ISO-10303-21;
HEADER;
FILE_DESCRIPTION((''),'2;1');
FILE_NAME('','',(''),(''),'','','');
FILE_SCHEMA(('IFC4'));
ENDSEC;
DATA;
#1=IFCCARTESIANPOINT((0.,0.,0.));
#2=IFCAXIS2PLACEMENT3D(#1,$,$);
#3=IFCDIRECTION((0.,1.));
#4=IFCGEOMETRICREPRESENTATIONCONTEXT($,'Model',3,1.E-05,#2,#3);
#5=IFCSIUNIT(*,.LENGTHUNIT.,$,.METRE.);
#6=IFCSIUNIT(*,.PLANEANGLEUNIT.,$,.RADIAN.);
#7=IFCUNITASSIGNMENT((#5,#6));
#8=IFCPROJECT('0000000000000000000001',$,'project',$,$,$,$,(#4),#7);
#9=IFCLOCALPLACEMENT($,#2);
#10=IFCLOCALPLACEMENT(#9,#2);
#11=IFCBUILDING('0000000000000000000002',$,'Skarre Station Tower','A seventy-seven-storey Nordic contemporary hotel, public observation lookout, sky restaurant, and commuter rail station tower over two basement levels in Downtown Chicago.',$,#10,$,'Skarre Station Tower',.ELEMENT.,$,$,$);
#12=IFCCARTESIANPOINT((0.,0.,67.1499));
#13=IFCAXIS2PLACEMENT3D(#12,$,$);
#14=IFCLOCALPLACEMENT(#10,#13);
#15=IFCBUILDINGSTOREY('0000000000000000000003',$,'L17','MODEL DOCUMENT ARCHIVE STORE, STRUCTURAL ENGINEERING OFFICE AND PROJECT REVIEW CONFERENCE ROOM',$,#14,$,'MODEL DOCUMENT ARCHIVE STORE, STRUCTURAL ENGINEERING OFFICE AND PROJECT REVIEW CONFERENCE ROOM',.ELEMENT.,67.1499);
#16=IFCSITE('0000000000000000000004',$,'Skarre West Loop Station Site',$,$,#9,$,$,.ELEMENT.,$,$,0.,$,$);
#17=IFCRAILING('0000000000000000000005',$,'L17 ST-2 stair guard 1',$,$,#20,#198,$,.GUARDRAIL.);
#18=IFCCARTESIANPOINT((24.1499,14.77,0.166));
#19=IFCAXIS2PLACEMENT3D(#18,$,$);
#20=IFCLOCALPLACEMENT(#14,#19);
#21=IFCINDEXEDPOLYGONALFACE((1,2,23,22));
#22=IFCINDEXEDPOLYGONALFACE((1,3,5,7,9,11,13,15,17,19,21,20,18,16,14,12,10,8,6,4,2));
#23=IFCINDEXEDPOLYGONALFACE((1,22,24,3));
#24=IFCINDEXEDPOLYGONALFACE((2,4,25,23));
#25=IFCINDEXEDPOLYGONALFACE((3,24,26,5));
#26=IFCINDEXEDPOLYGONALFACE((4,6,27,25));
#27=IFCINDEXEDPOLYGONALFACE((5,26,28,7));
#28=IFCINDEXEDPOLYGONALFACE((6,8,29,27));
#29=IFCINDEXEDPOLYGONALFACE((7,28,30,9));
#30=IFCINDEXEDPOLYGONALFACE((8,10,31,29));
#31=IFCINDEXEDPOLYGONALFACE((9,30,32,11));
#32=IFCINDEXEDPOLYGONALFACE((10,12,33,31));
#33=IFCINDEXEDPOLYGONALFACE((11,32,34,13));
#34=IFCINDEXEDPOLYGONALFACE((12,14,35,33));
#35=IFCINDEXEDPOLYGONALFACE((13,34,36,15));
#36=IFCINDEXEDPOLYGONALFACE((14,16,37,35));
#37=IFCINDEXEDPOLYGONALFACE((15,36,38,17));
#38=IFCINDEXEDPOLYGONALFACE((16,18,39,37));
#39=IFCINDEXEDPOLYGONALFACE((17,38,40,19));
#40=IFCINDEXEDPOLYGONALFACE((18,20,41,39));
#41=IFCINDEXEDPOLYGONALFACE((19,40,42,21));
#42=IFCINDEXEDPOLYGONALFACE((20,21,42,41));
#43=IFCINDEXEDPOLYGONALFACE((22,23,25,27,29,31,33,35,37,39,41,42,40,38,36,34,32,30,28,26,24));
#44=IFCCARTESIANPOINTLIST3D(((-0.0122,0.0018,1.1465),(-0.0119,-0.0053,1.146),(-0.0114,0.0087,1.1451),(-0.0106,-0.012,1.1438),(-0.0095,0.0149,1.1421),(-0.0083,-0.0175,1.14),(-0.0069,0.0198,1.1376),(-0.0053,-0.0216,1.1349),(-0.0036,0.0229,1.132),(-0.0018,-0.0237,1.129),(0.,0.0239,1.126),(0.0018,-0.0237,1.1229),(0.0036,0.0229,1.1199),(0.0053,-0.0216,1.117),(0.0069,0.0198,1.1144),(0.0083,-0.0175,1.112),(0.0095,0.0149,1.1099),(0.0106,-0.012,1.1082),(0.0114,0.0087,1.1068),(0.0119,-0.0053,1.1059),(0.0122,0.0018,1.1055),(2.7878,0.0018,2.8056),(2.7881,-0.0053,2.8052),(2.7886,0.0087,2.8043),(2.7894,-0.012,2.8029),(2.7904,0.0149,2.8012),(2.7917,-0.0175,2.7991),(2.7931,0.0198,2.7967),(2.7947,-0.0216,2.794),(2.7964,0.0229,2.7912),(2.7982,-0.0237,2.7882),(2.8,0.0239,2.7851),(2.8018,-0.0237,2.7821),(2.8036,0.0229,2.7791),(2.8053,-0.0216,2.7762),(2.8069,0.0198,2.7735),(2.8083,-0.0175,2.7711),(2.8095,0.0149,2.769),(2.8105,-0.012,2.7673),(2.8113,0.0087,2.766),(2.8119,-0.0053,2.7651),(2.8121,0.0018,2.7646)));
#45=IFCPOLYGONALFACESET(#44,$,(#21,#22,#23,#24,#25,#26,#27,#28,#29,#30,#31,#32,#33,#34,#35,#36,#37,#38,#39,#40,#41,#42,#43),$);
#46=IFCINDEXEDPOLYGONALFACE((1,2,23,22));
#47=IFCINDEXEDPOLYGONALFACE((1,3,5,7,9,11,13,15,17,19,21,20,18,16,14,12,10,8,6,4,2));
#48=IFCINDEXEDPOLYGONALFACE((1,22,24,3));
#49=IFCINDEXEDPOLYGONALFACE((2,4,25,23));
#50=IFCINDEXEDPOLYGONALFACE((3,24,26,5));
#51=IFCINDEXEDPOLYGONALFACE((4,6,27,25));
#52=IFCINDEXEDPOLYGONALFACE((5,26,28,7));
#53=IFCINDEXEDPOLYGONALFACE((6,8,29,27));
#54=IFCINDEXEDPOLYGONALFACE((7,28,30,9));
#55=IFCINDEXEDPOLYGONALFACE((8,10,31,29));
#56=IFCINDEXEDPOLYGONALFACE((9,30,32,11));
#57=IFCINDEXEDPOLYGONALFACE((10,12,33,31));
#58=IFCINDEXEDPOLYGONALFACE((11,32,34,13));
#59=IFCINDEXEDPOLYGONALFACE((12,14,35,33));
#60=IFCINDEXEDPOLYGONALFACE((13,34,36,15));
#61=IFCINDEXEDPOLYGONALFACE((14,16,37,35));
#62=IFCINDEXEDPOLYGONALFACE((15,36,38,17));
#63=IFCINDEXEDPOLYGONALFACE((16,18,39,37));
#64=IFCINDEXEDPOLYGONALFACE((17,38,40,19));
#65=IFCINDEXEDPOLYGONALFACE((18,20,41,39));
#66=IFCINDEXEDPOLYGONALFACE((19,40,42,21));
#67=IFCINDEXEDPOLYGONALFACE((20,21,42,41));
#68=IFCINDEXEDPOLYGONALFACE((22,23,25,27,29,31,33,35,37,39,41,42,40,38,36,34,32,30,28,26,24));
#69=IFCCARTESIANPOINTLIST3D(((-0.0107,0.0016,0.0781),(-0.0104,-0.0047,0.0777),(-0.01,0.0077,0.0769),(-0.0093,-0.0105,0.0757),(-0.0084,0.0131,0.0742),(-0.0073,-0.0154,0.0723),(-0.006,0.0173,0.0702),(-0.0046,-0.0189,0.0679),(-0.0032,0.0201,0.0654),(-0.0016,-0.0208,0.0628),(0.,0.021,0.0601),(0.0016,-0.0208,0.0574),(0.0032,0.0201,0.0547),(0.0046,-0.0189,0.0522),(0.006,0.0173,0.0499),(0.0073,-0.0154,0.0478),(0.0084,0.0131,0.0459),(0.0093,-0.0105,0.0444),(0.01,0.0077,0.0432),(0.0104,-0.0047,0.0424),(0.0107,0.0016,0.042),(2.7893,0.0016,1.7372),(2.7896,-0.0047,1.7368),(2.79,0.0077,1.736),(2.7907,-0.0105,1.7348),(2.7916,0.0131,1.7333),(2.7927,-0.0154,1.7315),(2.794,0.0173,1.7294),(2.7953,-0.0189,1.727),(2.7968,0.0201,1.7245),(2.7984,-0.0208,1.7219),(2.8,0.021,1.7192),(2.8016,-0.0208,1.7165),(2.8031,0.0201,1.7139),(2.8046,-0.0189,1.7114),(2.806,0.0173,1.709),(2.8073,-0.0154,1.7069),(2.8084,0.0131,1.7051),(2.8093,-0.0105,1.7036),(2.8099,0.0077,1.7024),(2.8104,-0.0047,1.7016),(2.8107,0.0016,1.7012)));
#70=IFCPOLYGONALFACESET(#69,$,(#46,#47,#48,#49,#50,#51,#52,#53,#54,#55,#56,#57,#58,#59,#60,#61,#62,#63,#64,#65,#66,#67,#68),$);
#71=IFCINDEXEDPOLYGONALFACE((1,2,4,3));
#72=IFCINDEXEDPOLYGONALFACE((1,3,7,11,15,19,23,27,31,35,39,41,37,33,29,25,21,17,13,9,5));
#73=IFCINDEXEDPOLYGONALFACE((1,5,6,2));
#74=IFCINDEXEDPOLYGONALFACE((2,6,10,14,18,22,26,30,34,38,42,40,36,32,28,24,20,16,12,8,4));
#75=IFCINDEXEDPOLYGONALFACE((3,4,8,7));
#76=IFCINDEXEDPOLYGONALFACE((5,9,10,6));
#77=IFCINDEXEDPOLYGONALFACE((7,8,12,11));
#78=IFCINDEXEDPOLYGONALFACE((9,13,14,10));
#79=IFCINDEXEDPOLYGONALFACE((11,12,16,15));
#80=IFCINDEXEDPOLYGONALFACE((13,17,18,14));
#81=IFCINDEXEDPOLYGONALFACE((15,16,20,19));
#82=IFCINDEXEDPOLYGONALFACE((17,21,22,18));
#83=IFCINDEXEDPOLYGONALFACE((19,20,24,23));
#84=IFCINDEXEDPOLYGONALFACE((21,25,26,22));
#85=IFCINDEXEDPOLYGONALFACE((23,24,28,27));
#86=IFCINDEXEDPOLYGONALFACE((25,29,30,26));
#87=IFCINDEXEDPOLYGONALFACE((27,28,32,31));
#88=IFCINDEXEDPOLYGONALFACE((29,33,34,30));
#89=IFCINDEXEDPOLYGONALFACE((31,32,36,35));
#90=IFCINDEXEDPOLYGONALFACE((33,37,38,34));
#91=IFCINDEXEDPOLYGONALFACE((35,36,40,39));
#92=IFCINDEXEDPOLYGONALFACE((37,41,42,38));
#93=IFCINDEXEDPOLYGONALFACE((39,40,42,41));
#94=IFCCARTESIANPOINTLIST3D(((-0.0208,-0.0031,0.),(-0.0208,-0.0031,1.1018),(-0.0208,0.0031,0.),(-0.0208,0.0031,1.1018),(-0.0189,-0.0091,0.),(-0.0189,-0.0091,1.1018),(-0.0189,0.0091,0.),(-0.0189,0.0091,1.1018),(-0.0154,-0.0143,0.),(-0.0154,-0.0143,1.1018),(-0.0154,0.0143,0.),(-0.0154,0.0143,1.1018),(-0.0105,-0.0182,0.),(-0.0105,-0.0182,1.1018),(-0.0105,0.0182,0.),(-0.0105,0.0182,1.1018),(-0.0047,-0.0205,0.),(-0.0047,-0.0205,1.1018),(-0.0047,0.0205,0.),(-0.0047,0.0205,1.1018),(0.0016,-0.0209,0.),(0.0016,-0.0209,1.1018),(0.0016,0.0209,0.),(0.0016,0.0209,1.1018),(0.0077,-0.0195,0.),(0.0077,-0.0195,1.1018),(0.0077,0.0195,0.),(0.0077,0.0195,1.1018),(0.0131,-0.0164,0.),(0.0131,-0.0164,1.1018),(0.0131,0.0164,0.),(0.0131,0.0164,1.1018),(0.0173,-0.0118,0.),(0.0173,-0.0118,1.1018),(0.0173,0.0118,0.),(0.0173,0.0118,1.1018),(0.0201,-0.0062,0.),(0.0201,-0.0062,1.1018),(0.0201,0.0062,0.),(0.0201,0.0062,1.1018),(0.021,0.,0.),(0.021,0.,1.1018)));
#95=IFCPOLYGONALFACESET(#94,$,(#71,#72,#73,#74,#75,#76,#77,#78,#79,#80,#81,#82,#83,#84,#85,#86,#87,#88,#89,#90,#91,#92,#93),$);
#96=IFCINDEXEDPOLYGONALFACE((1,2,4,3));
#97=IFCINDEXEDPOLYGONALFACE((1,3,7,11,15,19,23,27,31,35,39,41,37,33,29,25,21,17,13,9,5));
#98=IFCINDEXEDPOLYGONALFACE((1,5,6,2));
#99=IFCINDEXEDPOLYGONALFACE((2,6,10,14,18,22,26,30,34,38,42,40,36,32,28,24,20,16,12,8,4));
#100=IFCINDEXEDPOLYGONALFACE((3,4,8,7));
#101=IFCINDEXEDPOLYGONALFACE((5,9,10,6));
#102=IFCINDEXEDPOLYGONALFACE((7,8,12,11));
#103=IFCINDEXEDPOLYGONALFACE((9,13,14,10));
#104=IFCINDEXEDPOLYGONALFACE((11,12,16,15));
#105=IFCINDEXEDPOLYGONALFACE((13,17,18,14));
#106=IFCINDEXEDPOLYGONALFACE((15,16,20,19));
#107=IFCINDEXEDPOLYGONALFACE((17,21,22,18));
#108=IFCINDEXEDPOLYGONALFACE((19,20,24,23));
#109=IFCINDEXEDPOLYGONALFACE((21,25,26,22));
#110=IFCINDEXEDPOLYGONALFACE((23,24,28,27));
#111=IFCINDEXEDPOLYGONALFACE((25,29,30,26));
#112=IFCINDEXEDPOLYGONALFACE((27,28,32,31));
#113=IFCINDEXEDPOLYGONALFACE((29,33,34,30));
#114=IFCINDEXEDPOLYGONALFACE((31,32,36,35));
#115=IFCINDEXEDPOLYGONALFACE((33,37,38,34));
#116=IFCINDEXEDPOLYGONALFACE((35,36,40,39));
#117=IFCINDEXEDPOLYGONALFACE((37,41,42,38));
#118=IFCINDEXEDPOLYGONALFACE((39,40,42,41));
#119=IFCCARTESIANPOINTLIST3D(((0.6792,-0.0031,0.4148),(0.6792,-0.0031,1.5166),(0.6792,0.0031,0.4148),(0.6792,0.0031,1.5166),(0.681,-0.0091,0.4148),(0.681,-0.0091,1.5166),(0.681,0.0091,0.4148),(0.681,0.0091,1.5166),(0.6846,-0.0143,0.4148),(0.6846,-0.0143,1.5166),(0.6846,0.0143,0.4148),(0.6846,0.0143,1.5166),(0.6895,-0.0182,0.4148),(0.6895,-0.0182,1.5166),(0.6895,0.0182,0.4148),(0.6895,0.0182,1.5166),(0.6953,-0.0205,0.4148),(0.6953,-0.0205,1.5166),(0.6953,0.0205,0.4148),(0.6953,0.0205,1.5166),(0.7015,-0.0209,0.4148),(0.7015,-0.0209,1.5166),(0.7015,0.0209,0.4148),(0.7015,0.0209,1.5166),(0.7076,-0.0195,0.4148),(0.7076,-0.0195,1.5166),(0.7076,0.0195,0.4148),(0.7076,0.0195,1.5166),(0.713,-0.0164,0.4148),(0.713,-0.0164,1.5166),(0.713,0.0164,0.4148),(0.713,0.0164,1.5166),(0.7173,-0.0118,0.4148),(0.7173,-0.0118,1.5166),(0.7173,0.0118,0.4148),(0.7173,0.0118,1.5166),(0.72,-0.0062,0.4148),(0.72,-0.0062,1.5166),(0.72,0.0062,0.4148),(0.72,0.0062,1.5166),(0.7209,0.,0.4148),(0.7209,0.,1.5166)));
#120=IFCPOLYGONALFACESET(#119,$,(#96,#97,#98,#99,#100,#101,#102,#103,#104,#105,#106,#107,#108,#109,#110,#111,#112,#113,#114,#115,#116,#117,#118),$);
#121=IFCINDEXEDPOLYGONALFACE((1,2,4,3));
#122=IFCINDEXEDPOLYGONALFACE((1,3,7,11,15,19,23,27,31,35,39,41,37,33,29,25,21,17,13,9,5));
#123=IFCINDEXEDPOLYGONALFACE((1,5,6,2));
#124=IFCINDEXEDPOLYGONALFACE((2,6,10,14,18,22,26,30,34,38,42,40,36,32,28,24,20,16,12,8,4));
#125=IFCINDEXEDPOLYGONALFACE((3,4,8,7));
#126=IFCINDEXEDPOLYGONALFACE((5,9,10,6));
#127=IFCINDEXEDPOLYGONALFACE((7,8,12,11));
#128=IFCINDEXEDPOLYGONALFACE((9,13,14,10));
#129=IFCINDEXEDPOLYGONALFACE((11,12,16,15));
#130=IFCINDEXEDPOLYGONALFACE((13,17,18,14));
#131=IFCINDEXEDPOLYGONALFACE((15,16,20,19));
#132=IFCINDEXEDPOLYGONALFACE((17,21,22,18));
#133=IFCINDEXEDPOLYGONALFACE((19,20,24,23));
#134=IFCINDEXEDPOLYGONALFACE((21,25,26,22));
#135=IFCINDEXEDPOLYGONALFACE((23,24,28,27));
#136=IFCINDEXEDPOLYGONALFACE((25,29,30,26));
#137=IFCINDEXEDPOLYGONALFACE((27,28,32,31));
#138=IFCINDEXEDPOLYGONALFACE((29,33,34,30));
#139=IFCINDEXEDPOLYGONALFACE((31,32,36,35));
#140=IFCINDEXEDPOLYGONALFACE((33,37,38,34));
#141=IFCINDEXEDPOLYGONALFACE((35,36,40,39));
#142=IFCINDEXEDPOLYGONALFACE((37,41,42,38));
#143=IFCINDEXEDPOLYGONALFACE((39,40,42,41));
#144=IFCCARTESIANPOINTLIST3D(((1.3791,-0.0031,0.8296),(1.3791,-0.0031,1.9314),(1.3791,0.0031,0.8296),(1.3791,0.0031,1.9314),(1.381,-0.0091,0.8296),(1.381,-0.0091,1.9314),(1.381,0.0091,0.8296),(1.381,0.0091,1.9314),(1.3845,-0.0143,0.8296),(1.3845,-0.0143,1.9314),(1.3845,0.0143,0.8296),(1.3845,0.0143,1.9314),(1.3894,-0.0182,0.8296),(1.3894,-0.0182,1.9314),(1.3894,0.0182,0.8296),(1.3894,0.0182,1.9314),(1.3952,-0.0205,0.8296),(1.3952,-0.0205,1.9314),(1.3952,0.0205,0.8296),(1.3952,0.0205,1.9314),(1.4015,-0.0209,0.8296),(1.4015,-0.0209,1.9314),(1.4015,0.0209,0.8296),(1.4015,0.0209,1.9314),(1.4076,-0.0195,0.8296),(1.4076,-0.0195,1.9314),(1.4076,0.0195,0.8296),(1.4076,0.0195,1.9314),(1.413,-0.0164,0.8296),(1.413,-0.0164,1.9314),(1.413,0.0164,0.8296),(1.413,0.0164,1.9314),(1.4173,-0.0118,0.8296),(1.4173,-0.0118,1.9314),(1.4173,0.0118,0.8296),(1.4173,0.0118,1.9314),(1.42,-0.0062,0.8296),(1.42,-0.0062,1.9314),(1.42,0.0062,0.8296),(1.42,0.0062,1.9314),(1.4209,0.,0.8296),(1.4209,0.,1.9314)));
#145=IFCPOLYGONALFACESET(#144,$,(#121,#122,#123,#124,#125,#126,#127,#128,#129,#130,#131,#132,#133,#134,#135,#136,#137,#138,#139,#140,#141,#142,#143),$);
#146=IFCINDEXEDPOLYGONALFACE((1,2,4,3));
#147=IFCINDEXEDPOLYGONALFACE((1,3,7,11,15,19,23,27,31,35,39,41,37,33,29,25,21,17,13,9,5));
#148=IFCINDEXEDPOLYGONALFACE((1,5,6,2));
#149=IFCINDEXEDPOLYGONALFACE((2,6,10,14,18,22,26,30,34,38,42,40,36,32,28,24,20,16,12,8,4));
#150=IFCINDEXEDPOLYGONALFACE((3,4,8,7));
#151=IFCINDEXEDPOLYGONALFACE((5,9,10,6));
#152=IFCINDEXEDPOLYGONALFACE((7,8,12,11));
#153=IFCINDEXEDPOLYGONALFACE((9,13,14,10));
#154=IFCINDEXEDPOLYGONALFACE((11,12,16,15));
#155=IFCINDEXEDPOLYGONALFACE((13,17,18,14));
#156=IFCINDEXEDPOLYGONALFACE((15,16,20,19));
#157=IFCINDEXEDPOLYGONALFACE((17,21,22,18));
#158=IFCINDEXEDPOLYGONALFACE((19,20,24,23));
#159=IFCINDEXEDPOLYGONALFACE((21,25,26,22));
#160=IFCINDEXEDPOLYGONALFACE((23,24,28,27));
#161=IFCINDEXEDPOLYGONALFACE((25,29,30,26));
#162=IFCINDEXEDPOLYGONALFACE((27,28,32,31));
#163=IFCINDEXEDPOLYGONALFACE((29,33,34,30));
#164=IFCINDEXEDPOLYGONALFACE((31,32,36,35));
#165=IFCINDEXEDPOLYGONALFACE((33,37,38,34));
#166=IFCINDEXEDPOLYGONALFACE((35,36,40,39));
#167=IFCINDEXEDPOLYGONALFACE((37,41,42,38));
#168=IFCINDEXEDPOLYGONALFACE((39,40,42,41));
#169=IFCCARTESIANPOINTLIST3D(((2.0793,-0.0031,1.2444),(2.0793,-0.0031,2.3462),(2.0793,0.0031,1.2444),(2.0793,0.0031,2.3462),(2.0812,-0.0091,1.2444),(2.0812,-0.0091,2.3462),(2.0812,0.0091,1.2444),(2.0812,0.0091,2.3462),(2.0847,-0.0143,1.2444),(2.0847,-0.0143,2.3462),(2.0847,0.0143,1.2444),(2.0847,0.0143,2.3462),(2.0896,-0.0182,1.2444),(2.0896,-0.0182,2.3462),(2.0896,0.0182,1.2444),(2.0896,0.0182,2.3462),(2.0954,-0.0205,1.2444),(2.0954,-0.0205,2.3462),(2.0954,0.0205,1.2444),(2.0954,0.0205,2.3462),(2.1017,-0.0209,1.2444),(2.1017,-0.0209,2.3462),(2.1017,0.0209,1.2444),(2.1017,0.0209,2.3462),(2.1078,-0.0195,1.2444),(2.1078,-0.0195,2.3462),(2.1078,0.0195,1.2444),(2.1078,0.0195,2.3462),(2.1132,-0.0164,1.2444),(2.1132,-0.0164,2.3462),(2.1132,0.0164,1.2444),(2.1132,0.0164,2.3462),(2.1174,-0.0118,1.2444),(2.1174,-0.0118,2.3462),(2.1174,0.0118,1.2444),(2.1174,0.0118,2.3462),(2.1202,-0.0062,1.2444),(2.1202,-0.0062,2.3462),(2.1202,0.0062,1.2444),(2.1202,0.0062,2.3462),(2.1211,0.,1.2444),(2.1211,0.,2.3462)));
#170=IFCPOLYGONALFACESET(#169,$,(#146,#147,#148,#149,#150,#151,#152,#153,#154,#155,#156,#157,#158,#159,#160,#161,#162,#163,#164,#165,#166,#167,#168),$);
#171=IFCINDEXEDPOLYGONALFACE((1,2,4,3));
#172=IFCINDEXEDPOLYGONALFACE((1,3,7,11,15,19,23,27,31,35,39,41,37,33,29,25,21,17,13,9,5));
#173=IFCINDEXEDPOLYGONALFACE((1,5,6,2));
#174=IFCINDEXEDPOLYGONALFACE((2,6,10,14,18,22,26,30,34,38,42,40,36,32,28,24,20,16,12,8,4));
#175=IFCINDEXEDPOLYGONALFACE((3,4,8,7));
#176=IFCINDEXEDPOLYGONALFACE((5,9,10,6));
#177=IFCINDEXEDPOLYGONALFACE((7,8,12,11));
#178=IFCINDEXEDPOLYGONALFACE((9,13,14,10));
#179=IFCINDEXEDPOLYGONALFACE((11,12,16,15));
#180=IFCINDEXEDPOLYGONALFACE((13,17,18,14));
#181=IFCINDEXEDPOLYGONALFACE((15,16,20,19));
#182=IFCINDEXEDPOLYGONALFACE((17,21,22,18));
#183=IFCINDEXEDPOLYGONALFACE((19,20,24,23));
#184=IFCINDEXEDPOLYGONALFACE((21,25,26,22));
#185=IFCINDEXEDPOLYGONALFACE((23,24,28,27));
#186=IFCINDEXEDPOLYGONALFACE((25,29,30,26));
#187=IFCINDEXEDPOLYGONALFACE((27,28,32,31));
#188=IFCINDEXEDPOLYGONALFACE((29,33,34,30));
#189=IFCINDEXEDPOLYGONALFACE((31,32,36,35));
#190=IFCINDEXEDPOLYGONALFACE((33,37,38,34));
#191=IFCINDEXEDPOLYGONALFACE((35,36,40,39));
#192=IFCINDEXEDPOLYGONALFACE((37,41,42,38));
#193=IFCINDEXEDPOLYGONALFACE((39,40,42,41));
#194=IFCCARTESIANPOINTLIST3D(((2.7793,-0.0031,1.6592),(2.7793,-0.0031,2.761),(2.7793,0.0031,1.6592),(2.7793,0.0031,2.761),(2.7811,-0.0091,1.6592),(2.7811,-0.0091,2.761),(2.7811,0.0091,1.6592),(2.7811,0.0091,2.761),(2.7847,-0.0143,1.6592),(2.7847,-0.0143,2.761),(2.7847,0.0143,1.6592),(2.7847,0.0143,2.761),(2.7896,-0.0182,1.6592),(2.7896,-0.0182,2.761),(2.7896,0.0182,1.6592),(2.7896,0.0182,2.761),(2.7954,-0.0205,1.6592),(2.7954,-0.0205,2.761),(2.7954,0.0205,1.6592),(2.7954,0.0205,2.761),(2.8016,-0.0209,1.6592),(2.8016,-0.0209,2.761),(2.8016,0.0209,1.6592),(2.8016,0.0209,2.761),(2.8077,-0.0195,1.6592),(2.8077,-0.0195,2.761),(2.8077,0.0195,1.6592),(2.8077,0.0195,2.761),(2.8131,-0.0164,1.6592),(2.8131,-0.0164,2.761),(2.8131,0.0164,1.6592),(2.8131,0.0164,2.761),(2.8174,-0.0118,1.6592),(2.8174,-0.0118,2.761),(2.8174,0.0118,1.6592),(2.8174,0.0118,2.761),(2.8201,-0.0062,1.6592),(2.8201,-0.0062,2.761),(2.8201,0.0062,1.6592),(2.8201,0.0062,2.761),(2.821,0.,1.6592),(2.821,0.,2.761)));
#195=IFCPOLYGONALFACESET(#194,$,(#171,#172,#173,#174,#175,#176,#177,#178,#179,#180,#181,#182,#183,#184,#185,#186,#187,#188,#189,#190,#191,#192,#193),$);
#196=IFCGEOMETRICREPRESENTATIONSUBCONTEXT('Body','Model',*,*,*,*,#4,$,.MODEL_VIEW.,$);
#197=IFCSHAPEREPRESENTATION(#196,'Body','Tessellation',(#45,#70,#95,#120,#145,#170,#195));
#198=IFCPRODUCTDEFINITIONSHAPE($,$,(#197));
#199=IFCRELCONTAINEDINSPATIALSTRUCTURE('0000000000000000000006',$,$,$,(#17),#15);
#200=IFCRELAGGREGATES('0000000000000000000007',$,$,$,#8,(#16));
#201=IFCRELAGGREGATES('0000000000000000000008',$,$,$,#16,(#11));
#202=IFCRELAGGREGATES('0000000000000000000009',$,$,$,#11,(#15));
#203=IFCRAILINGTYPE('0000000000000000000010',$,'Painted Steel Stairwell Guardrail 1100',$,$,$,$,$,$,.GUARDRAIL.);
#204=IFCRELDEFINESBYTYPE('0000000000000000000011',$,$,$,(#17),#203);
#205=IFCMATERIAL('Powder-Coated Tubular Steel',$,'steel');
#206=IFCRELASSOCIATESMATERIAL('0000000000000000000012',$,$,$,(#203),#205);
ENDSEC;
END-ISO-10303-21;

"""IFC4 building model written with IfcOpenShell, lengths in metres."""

from ifc_helpers import new_model, si_unit, direction, frame, origin, origin_2d, place, context, subcontext, project, spatial, circle, extrude, material, type_object, element, save


model = new_model("IFC4")

# Units and contexts
model_context = context("Model", 3, precision=1e-05, world=origin(), true_north=direction((0.0, 1.0)))
body_context = subcontext(model_context, "Body", "Model", "MODEL_VIEW")
ifc_project = project(units=[si_unit("LENGTHUNIT", "METRE"), si_unit("PLANEANGLEUNIT", "RADIAN")], contexts=[model_context])

# Site, building, storey
site_placement = place(None, origin())
site = spatial("IfcSite", under=ifc_project, at=site_placement, Name="Skarre West Loop Station Site", CompositionType="ELEMENT", RefElevation=0.0)
building_placement = place(site_placement, origin())
building = spatial("IfcBuilding", under=site, at=building_placement, Name="Skarre Station Tower", Description="A seventy-seven-storey Nordic contemporary hotel, public observation lookout, sky restaurant, and commuter rail station tower over two basement levels in Downtown Chicago.", LongName="Skarre Station Tower", CompositionType="ELEMENT")
storey_placement = place(building_placement, frame((0.0, 0.0, 67.1499)))
storey = spatial("IfcBuildingStorey", under=building, at=storey_placement, Name="L17", Description="MODEL DOCUMENT ARCHIVE STORE, STRUCTURAL ENGINEERING OFFICE AND PROJECT REVIEW CONFERENCE ROOM", LongName="MODEL DOCUMENT ARCHIVE STORE, STRUCTURAL ENGINEERING OFFICE AND PROJECT REVIEW CONFERENCE ROOM", CompositionType="ELEMENT", Elevation=67.1499)

# Railing
ifc_material_1 = material(Name="Powder-Coated Tubular Steel", Category="steel")
railing_type_1 = type_object("IfcRailingType", Name="Painted Steel Stairwell Guardrail 1100", PredefinedType="GUARDRAIL", material=ifc_material_1)
railing_1_placement = place(storey_placement, frame((24.1499, 14.77, 0.166)))
element("IfcRailing", 1, at=railing_1_placement, inside=storey, type_object=railing_type_1, Name="L17 ST-2 stair guard 1", PredefinedType="GUARDRAIL", context=body_context, shape_type="SweptSolid", body=[
    extrude(circle(Radius=0.0239, at=origin_2d()), frame((0.0, 0.0, 1.126), z_axis=(0.860306, 0.0, 0.509778), x_axis=(0.0, 1.0, 0.0)), (0.0, 0.0, 1.0), 3.2546),
    extrude(circle(Radius=0.021, at=origin_2d()), frame((0.0, 0.0, 0.0601), z_axis=(0.860306, 0.0, 0.509778), x_axis=(0.0, 1.0, 0.0)), (0.0, 0.0, 1.0), 3.2546),
    extrude(circle(Radius=0.021, at=origin_2d()), origin(), (0.0, 0.0, 1.0), 1.1018),
    extrude(circle(Radius=0.021, at=origin_2d()), frame((0.7, 0.0, 0.4148)), (0.0, 0.0, 1.0), 1.1018),
    extrude(circle(Radius=0.021, at=origin_2d()), frame((1.3999, 0.0, 0.8296)), (0.0, 0.0, 1.0), 1.1018),
    extrude(circle(Radius=0.021, at=origin_2d()), frame((2.1001, 0.0, 1.2444)), (0.0, 0.0, 1.0), 1.1018),
    extrude(circle(Radius=0.021, at=origin_2d()), frame((2.8, 0.0, 1.6592)), (0.0, 0.0, 1.0), 1.1018),
])

save(model, "model.ifc")
